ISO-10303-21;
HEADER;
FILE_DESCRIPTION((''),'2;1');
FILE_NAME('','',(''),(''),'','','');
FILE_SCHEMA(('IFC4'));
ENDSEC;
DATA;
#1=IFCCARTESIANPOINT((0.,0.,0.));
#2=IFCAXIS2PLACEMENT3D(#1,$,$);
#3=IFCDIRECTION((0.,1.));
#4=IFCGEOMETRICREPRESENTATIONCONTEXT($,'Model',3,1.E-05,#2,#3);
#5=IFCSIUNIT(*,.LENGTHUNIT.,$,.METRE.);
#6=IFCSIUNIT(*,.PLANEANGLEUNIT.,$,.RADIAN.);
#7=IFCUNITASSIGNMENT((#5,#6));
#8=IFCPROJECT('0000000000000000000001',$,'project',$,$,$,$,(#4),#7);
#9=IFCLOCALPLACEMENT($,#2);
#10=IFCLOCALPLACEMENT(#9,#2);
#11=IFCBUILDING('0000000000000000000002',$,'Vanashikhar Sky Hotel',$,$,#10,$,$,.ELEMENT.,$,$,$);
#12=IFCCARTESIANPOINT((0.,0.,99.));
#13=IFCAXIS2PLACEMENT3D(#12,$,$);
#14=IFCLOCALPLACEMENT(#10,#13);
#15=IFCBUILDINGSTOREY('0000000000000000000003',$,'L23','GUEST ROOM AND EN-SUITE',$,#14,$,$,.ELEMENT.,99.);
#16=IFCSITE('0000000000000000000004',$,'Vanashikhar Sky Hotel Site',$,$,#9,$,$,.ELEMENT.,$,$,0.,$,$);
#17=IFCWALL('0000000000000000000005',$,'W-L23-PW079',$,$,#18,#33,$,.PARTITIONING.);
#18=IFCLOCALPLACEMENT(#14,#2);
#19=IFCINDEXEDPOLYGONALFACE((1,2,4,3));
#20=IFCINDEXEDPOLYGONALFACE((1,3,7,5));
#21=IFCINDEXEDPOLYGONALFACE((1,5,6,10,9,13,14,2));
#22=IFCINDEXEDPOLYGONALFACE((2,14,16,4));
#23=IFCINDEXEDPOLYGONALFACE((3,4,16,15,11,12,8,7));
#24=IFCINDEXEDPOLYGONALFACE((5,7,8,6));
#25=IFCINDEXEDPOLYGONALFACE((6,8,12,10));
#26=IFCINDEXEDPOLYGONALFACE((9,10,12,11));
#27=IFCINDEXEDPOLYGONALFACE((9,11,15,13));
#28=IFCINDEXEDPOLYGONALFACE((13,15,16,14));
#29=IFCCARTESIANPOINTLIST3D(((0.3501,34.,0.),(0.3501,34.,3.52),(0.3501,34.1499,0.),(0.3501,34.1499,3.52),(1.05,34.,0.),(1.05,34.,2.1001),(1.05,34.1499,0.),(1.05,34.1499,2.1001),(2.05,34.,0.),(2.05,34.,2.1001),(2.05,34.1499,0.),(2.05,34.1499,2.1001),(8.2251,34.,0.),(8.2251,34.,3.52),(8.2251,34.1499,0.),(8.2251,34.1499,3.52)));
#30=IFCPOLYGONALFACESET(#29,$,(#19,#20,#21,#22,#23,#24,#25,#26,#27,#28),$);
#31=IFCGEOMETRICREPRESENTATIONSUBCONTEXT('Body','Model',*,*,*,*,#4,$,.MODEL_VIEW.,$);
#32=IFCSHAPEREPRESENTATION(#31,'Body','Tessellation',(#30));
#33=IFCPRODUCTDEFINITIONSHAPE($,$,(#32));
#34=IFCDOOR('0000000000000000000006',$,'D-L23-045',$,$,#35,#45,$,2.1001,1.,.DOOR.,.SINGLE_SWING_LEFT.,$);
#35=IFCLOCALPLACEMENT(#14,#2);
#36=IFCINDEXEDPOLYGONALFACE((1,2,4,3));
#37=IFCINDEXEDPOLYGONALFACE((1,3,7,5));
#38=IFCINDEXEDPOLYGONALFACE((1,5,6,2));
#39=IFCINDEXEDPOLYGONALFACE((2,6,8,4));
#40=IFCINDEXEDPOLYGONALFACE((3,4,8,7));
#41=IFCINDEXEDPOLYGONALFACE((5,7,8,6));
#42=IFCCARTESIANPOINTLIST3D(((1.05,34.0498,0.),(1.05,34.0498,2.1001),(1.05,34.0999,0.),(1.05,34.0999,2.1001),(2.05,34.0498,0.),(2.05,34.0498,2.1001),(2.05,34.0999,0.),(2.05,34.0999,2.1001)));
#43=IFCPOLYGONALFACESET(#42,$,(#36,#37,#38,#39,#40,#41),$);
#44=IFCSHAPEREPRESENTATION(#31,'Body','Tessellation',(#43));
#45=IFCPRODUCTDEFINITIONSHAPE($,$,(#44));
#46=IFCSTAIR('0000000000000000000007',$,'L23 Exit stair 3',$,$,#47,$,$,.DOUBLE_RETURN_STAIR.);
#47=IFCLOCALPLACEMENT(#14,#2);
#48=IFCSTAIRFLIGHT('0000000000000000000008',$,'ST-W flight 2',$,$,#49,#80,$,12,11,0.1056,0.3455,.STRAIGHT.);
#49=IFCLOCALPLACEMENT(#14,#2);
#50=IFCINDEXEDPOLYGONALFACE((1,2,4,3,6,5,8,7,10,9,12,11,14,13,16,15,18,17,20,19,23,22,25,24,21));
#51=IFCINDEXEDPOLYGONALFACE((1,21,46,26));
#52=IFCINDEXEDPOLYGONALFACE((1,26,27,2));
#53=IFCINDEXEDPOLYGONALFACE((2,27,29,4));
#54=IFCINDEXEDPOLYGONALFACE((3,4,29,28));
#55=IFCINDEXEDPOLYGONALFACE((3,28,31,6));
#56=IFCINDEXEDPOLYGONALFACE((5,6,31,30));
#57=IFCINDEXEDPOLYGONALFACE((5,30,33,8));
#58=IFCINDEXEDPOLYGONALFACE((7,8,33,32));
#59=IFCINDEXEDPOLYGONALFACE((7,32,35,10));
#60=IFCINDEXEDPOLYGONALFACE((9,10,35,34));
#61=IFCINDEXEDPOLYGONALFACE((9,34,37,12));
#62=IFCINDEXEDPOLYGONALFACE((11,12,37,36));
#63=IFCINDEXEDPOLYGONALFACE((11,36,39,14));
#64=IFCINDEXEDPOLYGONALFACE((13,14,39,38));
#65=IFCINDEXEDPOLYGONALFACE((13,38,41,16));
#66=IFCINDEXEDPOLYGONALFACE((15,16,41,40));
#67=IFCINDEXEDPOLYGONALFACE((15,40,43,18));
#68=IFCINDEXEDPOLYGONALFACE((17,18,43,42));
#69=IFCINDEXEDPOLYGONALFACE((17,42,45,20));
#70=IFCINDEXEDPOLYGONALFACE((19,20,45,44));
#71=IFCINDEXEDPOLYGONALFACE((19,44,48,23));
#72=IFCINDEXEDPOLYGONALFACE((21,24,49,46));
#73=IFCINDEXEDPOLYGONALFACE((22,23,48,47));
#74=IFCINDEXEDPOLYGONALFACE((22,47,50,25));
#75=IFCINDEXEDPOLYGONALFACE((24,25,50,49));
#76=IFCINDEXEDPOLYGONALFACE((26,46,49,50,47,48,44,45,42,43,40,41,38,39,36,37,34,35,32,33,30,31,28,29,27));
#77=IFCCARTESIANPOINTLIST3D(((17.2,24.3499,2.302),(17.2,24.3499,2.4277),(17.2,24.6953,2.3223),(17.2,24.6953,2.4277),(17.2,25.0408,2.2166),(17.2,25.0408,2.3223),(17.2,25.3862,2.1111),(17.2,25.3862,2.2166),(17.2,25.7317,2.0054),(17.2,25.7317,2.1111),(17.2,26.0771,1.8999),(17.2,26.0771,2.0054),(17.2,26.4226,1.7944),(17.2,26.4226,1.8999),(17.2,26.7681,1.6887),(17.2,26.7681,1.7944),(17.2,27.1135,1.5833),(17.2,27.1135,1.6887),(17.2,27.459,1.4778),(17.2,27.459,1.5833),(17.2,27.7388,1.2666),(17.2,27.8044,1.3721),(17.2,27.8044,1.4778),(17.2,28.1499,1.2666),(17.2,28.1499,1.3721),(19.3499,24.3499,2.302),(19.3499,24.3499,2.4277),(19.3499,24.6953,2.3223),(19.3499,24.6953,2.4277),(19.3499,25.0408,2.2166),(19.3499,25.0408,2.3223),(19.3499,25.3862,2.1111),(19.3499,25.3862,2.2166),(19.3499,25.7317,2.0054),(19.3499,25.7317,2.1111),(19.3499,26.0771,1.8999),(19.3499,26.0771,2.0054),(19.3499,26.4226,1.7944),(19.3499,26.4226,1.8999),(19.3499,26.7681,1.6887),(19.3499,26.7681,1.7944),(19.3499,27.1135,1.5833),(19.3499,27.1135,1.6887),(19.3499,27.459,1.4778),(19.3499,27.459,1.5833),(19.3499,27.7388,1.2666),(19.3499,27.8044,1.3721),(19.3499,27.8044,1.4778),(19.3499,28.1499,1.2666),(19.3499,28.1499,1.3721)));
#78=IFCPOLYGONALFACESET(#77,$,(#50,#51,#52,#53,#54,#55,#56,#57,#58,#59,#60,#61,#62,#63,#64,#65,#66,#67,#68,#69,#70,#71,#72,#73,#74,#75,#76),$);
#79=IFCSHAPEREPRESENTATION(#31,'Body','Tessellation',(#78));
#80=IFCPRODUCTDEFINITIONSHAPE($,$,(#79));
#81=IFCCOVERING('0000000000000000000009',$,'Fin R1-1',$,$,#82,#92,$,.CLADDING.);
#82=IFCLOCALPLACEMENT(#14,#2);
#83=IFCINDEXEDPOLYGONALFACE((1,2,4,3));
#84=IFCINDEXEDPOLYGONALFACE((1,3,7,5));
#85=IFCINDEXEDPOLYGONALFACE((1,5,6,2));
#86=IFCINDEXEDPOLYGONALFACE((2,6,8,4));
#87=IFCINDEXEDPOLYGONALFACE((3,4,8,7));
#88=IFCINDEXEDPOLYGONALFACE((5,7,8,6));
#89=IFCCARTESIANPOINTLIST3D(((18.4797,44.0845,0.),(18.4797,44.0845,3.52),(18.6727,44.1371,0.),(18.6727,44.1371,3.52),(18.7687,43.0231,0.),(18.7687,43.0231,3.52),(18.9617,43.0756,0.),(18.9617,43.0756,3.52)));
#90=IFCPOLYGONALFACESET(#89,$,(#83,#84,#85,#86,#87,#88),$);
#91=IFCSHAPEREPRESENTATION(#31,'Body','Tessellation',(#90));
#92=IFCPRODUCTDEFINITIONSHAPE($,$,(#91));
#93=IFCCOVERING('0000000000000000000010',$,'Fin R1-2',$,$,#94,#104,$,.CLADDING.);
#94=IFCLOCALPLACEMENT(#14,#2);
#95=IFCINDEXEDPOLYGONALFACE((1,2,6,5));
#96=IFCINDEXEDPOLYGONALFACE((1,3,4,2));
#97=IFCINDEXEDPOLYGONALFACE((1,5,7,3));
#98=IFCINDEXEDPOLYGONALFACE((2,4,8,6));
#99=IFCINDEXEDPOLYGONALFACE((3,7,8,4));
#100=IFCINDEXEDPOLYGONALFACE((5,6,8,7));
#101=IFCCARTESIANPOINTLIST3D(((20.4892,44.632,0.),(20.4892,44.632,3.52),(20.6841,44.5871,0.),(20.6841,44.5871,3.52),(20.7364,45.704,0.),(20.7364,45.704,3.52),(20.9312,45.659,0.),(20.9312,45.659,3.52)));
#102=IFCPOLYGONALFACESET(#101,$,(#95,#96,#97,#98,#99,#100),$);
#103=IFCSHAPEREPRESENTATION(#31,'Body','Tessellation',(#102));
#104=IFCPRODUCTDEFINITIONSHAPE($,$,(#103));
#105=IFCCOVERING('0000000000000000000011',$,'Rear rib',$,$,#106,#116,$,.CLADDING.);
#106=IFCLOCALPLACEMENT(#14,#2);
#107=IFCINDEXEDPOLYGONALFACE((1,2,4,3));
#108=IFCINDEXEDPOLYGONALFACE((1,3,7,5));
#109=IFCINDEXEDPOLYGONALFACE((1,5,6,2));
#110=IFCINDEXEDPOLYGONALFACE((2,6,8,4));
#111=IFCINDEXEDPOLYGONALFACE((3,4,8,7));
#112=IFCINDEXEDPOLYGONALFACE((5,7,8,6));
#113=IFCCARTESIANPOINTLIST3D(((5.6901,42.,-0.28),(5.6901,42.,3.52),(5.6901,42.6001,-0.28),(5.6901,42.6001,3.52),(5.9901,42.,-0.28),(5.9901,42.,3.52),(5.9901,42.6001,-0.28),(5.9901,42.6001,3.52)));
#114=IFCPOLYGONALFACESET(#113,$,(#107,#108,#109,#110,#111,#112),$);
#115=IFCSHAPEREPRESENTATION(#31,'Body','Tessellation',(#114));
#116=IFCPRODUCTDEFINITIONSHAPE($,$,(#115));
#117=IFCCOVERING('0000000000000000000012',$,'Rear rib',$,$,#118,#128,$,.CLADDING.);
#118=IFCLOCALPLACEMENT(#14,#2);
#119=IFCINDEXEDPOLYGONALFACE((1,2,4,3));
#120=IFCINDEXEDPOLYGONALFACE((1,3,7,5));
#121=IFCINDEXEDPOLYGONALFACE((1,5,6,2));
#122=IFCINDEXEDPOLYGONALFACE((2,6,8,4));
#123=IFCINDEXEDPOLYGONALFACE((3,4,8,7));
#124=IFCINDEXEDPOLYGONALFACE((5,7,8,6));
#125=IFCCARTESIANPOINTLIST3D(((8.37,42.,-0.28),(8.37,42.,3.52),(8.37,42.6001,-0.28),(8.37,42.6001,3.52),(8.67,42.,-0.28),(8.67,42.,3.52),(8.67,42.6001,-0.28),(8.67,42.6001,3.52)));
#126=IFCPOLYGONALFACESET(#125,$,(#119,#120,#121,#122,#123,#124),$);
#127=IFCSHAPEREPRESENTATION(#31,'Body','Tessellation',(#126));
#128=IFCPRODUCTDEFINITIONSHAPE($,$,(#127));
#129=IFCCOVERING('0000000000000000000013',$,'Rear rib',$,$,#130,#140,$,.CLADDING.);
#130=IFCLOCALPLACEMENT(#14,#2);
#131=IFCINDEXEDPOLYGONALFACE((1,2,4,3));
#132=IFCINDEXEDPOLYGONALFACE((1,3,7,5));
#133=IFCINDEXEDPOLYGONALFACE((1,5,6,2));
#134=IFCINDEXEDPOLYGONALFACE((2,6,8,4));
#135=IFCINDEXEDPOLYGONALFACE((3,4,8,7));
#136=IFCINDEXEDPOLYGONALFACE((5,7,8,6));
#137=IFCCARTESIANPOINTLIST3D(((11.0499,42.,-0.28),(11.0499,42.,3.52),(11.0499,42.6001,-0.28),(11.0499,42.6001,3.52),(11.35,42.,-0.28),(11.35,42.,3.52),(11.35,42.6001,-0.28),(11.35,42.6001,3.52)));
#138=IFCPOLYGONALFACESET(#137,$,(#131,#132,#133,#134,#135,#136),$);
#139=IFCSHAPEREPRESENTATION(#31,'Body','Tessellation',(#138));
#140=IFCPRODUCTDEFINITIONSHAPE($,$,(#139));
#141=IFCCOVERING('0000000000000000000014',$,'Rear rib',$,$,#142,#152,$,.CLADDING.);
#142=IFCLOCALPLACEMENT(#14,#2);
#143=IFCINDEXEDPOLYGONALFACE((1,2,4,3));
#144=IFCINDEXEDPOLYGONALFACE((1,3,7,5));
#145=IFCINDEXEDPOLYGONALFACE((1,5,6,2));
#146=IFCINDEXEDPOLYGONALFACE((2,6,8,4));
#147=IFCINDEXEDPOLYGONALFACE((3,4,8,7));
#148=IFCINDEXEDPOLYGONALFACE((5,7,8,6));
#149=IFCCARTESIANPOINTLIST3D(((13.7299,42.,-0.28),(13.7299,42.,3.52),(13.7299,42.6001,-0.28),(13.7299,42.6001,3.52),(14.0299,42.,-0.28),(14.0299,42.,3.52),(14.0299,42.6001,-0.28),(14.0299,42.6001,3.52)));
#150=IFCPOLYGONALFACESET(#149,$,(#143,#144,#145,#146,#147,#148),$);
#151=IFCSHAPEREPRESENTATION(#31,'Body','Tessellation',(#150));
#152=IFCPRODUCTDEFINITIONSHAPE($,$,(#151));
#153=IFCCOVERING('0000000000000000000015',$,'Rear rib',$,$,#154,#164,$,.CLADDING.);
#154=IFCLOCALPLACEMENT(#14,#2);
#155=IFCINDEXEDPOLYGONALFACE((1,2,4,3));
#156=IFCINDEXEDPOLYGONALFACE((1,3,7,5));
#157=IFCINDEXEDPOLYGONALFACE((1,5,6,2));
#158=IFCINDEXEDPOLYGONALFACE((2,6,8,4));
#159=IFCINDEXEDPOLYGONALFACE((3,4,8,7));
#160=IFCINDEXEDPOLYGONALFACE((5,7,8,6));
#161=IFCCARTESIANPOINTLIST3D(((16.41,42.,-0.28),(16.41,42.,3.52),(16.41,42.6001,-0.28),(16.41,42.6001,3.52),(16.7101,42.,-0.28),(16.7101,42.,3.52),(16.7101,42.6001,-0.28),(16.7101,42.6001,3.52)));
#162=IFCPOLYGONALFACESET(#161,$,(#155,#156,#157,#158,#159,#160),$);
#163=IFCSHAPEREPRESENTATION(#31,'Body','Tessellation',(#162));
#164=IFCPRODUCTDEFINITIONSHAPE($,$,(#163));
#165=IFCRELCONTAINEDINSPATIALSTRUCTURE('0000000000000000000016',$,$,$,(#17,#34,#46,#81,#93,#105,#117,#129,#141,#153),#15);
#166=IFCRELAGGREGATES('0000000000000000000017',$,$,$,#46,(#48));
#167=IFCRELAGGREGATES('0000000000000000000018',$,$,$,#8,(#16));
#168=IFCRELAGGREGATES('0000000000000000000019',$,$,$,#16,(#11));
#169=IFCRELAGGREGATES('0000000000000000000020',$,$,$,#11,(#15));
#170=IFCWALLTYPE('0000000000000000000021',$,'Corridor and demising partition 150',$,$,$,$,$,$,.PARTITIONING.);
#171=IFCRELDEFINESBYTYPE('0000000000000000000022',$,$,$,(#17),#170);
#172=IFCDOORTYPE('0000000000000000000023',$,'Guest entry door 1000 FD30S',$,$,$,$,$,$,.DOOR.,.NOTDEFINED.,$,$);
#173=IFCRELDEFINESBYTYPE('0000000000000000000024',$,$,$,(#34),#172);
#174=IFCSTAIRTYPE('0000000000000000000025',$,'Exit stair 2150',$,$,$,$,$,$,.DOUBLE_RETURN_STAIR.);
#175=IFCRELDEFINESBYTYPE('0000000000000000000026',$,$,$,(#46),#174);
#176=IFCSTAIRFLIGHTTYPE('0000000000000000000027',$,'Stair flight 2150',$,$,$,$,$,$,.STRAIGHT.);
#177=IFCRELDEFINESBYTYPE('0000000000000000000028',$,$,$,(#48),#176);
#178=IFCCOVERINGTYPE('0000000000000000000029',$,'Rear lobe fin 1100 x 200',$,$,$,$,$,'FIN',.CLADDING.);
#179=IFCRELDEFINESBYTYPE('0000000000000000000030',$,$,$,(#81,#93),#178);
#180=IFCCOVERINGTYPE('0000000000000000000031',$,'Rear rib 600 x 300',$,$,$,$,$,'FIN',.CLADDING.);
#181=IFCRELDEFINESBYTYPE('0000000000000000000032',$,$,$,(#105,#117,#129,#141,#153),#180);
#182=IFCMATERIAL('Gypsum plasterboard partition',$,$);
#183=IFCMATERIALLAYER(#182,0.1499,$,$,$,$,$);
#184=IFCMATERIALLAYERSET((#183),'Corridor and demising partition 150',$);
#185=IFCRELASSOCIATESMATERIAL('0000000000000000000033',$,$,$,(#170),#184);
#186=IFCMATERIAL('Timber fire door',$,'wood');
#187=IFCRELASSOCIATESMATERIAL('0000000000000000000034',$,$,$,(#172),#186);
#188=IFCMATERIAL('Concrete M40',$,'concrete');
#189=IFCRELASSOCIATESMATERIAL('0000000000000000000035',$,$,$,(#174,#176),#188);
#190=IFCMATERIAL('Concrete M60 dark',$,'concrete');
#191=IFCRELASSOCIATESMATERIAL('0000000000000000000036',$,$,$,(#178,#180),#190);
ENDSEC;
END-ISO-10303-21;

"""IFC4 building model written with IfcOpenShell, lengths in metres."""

from ifc_helpers import new_model, si_unit, direction, frame, frame_2d, origin, origin_2d, place, context, subcontext, project, spatial, polyline, rectangle, outline, extrude, source, transform, mapped, material, layer, layer_set, material_profile, profile_set, type_object, element, fill, aggregate, save


model = new_model("IFC4")

# Units and contexts
model_context = context("Model", 3, precision=1e-05, world=origin(), true_north=direction((0.0, 1.0)))
body_context = subcontext(model_context, "Body", "Model", "MODEL_VIEW")
ifc_project = project(units=[si_unit("LENGTHUNIT", "METRE"), si_unit("PLANEANGLEUNIT", "RADIAN")], contexts=[model_context])

# Site, building, storey
site_placement = place(None, origin())
site = spatial("IfcSite", under=ifc_project, at=site_placement, Name="Vanashikhar Sky Hotel Site", CompositionType="ELEMENT", RefElevation=0.0)
building_placement = place(site_placement, origin())
building = spatial("IfcBuilding", under=site, at=building_placement, Name="Vanashikhar Sky Hotel", CompositionType="ELEMENT")
storey_placement = place(building_placement, frame((0.0, 0.0, 99.0)))
storey = spatial("IfcBuildingStorey", under=building, at=storey_placement, Name="L23", Description="GUEST ROOM AND EN-SUITE", CompositionType="ELEMENT", Elevation=99.0)

# Shared definitions
shared_shape_1 = source(origin(), body_context, "Body", "SweptSolid", [
    extrude(rectangle(XDim=1.0, YDim=2.1001, at=frame_2d((0.5, 1.05))), frame((0.0, 0.0249, 0.0), z_axis=(0.0, -1.0, 0.0), x_axis=(1.0, 0.0, 0.0)), (0.0, 0.0, 1.0), 0.05),
])
ifc_material_1 = material(Name="Gypsum plasterboard partition")
ifc_layer_1 = layer(ifc_material_1, 0.1499)
ifc_layer_set_1 = layer_set([ifc_layer_1], Name="Corridor and demising partition 150")
wall_type_1 = type_object("IfcWallType", Name="Corridor and demising partition 150", PredefinedType="PARTITIONING", material=ifc_layer_set_1)
shared_shape_2 = source(origin(), body_context, "Body", "SweptSolid", [
    extrude(rectangle(XDim=1.0, YDim=2.1001, at=frame_2d((0.5, 1.05))), frame((0.0, 0.085, 0.0), z_axis=(0.0, -1.0, 0.0), x_axis=(1.0, 0.0, 0.0)), (0.0, 0.0, 1.0), 0.1699),
])
ifc_material_2 = material(Name="Timber fire door", Category="wood")
door_type_1 = type_object("IfcDoorType", Name="Guest entry door 1000 FD30S", OperationType="NOTDEFINED", PredefinedType="DOOR", material=ifc_material_2)

# Wall, opening, door
shared_shape_3 = source(origin(), body_context, "Body", "SweptSolid", [
    extrude(rectangle(XDim=7.875, YDim=0.1499, at=frame_2d((3.9375, 0.0))), origin(), (0.0, 0.0, 1.0), 3.52),
])
wall_1_placement = place(storey_placement, frame((0.3501, 34.075, 0.0), z_axis=(0.0, 0.0, 1.0), x_axis=(1.0, 0.0, 0.0)))
wall_1 = element("IfcWall", 1, at=wall_1_placement, inside=storey, type_object=wall_type_1, Name="W-L23-PW079", PredefinedType="PARTITIONING", context=body_context, shape_type="MappedRepresentation", body=[
    mapped(shared_shape_3, transform((0.0, 0.0, 0.0), scale=1.0)),
])
opening_1_placement = place(wall_1_placement, frame((0.7, 0.0, 0.0)))
opening_1 = element("IfcOpeningElement", 2, at=opening_1_placement, cuts=wall_1, PredefinedType="OPENING", context=body_context, shape_type="MappedRepresentation", body=[
    mapped(shared_shape_2, transform((0.0, 0.0, 0.0), scale=1.0)),
])
door_1_placement = place(opening_1_placement, origin())
door_1 = element("IfcDoor", 3, at=door_1_placement, inside=storey, type_object=door_type_1, Name="D-L23-045", OperationType="SINGLE_SWING_LEFT", OverallHeight=2.1001, OverallWidth=1.0, PredefinedType="DOOR", context=body_context, shape_type="MappedRepresentation", body=[
    mapped(shared_shape_1, transform((0.0, 0.0, 0.0), scale=1.0)),
])
fill(opening_1, door_1)

# Stair, stair flight
ifc_material_3 = material(Name="Concrete M40", Category="concrete")
stair_type = type_object("IfcStairType", Name="Exit stair 2150", PredefinedType="DOUBLE_RETURN_STAIR", material=ifc_material_3)
stair_placement = place(storey_placement, origin())
stair = element("IfcStair", 4, at=stair_placement, inside=storey, type_object=stair_type, Name="L23 Exit stair 3", PredefinedType="DOUBLE_RETURN_STAIR")
stair_flight_type = type_object("IfcStairFlightType", Name="Stair flight 2150", PredefinedType="STRAIGHT", material=ifc_material_3)
shared_shape_4 = source(origin(), body_context, "Body", "SweptSolid", [
    extrude(outline(polyline([(0.0, 0.0), (0.0, 0.1055), (0.3455, 0.1055), (0.3455, 0.2112), (0.6909, 0.2112), (0.6909, 0.3167), (1.0364, 0.3167), (1.0364, 0.4221), (1.3818, 0.4221), (1.3818, 0.5278), (1.7273, 0.5278), (1.7273, 0.6333), (2.0728, 0.6333), (2.0728, 0.7388), (2.4182, 0.7388), (2.4182, 0.8445), (2.7637, 0.8445), (2.7637, 0.95), (3.1091, 0.95), (3.1091, 1.0557), (3.4546, 1.0557), (3.4546, 1.1611), (3.8, 1.1611), (3.8, 1.2666), (3.8, 1.0354), (0.4111, 0.0), (0.0, 0.0)])), frame((0.0, 1.075, 0.0), z_axis=(0.0, -1.0, 0.0), x_axis=(1.0, 0.0, 0.0)), (0.0, 0.0, 1.0), 2.1499),
])
stair_flight_placement = place(storey_placement, frame((18.2749, 28.1499, 1.2666), z_axis=(0.0, 0.0, 1.0), x_axis=(0.0, -1.0, 0.0)))
stair_flight = element("IfcStairFlight", 5, at=stair_flight_placement, type_object=stair_flight_type, Name="ST-W flight 2", NumberOfRisers=12, NumberOfTreads=11, PredefinedType="STRAIGHT", RiserHeight=0.1056, TreadLength=0.3455, context=body_context, shape_type="MappedRepresentation", body=[
    mapped(shared_shape_4, transform((0.0, 0.0, 0.0), scale=1.0)),
])
aggregate(stair, [stair_flight])

# Coverings
ifc_material_4 = material(Name="Concrete M60 dark", Category="concrete")
ifc_material_profile_1 = material_profile(ifc_material_4, rectangle(XDim=1.1001, YDim=0.2, at=origin_2d()))
ifc_profile_set_1 = profile_set([ifc_material_profile_1], Name="Rear lobe fin 1100 x 200")
covering_type_1 = type_object("IfcCoveringType", Name="Rear lobe fin 1100 x 200", ElementType="FIN", PredefinedType="CLADDING", material=ifc_profile_set_1)
shared_shape_5 = source(origin(), body_context, "Body", "SweptSolid", [
    extrude(rectangle(XDim=1.1001, YDim=0.2, at=origin_2d()), origin(), (0.0, 0.0, 1.0), 3.52),
])
for number, where, z_axis, x_axis, name in (
    (6, (18.7207, 43.5801, 0.0), (0.0, 0.0, 1.0), (-0.262711, 0.964874, 0.0), "Fin R1-1"),
    (7, (20.7102, 45.1455, 0.0), (0.0, 0.0, 1.0), (0.224645, 0.974441, 0.0), "Fin R1-2"),
):
    element("IfcCovering", number, at=place(storey_placement, frame(where, z_axis=z_axis, x_axis=x_axis)), inside=storey, type_object=covering_type_1, Name=name, PredefinedType="CLADDING", context=body_context, shape_type="MappedRepresentation", body=[
        mapped(shared_shape_5, transform((0.0, 0.0, 0.0), scale=1.0)),
    ])
ifc_material_profile_2 = material_profile(ifc_material_4, rectangle(XDim=0.6001, YDim=0.3, at=origin_2d()))
ifc_profile_set_2 = profile_set([ifc_material_profile_2], Name="Rear rib 600 x 300")
covering_type_2 = type_object("IfcCoveringType", Name="Rear rib 600 x 300", ElementType="FIN", PredefinedType="CLADDING", material=ifc_profile_set_2)
shared_shape_6 = source(origin(), body_context, "Body", "SweptSolid", [
    extrude(rectangle(XDim=0.6001, YDim=0.3, at=origin_2d()), origin(), (0.0, 0.0, 1.0), 3.8),
])
for number, where, z_axis, x_axis, name in (
    (8, (5.8401, 42.3, -0.28), (0.0, 0.0, 1.0), (0.0, 1.0, 0.0), "Rear rib"),
    (9, (8.52, 42.3, -0.28), (0.0, 0.0, 1.0), (0.0, 1.0, 0.0), "Rear rib"),
    (10, (11.2, 42.3, -0.28), (0.0, 0.0, 1.0), (0.0, 1.0, 0.0), "Rear rib"),
    (11, (13.8799, 42.3, -0.28), (0.0, 0.0, 1.0), (0.0, 1.0, 0.0), "Rear rib"),
    (12, (16.5601, 42.3, -0.28), (0.0, 0.0, 1.0), (0.0, 1.0, 0.0), "Rear rib"),
):
    element("IfcCovering", number, at=place(storey_placement, frame(where, z_axis=z_axis, x_axis=x_axis)), inside=storey, type_object=covering_type_2, Name=name, PredefinedType="CLADDING", context=body_context, shape_type="MappedRepresentation", body=[
        mapped(shared_shape_6, transform((0.0, 0.0, 0.0), scale=1.0)),
    ])

save(model, "model.ifc")
